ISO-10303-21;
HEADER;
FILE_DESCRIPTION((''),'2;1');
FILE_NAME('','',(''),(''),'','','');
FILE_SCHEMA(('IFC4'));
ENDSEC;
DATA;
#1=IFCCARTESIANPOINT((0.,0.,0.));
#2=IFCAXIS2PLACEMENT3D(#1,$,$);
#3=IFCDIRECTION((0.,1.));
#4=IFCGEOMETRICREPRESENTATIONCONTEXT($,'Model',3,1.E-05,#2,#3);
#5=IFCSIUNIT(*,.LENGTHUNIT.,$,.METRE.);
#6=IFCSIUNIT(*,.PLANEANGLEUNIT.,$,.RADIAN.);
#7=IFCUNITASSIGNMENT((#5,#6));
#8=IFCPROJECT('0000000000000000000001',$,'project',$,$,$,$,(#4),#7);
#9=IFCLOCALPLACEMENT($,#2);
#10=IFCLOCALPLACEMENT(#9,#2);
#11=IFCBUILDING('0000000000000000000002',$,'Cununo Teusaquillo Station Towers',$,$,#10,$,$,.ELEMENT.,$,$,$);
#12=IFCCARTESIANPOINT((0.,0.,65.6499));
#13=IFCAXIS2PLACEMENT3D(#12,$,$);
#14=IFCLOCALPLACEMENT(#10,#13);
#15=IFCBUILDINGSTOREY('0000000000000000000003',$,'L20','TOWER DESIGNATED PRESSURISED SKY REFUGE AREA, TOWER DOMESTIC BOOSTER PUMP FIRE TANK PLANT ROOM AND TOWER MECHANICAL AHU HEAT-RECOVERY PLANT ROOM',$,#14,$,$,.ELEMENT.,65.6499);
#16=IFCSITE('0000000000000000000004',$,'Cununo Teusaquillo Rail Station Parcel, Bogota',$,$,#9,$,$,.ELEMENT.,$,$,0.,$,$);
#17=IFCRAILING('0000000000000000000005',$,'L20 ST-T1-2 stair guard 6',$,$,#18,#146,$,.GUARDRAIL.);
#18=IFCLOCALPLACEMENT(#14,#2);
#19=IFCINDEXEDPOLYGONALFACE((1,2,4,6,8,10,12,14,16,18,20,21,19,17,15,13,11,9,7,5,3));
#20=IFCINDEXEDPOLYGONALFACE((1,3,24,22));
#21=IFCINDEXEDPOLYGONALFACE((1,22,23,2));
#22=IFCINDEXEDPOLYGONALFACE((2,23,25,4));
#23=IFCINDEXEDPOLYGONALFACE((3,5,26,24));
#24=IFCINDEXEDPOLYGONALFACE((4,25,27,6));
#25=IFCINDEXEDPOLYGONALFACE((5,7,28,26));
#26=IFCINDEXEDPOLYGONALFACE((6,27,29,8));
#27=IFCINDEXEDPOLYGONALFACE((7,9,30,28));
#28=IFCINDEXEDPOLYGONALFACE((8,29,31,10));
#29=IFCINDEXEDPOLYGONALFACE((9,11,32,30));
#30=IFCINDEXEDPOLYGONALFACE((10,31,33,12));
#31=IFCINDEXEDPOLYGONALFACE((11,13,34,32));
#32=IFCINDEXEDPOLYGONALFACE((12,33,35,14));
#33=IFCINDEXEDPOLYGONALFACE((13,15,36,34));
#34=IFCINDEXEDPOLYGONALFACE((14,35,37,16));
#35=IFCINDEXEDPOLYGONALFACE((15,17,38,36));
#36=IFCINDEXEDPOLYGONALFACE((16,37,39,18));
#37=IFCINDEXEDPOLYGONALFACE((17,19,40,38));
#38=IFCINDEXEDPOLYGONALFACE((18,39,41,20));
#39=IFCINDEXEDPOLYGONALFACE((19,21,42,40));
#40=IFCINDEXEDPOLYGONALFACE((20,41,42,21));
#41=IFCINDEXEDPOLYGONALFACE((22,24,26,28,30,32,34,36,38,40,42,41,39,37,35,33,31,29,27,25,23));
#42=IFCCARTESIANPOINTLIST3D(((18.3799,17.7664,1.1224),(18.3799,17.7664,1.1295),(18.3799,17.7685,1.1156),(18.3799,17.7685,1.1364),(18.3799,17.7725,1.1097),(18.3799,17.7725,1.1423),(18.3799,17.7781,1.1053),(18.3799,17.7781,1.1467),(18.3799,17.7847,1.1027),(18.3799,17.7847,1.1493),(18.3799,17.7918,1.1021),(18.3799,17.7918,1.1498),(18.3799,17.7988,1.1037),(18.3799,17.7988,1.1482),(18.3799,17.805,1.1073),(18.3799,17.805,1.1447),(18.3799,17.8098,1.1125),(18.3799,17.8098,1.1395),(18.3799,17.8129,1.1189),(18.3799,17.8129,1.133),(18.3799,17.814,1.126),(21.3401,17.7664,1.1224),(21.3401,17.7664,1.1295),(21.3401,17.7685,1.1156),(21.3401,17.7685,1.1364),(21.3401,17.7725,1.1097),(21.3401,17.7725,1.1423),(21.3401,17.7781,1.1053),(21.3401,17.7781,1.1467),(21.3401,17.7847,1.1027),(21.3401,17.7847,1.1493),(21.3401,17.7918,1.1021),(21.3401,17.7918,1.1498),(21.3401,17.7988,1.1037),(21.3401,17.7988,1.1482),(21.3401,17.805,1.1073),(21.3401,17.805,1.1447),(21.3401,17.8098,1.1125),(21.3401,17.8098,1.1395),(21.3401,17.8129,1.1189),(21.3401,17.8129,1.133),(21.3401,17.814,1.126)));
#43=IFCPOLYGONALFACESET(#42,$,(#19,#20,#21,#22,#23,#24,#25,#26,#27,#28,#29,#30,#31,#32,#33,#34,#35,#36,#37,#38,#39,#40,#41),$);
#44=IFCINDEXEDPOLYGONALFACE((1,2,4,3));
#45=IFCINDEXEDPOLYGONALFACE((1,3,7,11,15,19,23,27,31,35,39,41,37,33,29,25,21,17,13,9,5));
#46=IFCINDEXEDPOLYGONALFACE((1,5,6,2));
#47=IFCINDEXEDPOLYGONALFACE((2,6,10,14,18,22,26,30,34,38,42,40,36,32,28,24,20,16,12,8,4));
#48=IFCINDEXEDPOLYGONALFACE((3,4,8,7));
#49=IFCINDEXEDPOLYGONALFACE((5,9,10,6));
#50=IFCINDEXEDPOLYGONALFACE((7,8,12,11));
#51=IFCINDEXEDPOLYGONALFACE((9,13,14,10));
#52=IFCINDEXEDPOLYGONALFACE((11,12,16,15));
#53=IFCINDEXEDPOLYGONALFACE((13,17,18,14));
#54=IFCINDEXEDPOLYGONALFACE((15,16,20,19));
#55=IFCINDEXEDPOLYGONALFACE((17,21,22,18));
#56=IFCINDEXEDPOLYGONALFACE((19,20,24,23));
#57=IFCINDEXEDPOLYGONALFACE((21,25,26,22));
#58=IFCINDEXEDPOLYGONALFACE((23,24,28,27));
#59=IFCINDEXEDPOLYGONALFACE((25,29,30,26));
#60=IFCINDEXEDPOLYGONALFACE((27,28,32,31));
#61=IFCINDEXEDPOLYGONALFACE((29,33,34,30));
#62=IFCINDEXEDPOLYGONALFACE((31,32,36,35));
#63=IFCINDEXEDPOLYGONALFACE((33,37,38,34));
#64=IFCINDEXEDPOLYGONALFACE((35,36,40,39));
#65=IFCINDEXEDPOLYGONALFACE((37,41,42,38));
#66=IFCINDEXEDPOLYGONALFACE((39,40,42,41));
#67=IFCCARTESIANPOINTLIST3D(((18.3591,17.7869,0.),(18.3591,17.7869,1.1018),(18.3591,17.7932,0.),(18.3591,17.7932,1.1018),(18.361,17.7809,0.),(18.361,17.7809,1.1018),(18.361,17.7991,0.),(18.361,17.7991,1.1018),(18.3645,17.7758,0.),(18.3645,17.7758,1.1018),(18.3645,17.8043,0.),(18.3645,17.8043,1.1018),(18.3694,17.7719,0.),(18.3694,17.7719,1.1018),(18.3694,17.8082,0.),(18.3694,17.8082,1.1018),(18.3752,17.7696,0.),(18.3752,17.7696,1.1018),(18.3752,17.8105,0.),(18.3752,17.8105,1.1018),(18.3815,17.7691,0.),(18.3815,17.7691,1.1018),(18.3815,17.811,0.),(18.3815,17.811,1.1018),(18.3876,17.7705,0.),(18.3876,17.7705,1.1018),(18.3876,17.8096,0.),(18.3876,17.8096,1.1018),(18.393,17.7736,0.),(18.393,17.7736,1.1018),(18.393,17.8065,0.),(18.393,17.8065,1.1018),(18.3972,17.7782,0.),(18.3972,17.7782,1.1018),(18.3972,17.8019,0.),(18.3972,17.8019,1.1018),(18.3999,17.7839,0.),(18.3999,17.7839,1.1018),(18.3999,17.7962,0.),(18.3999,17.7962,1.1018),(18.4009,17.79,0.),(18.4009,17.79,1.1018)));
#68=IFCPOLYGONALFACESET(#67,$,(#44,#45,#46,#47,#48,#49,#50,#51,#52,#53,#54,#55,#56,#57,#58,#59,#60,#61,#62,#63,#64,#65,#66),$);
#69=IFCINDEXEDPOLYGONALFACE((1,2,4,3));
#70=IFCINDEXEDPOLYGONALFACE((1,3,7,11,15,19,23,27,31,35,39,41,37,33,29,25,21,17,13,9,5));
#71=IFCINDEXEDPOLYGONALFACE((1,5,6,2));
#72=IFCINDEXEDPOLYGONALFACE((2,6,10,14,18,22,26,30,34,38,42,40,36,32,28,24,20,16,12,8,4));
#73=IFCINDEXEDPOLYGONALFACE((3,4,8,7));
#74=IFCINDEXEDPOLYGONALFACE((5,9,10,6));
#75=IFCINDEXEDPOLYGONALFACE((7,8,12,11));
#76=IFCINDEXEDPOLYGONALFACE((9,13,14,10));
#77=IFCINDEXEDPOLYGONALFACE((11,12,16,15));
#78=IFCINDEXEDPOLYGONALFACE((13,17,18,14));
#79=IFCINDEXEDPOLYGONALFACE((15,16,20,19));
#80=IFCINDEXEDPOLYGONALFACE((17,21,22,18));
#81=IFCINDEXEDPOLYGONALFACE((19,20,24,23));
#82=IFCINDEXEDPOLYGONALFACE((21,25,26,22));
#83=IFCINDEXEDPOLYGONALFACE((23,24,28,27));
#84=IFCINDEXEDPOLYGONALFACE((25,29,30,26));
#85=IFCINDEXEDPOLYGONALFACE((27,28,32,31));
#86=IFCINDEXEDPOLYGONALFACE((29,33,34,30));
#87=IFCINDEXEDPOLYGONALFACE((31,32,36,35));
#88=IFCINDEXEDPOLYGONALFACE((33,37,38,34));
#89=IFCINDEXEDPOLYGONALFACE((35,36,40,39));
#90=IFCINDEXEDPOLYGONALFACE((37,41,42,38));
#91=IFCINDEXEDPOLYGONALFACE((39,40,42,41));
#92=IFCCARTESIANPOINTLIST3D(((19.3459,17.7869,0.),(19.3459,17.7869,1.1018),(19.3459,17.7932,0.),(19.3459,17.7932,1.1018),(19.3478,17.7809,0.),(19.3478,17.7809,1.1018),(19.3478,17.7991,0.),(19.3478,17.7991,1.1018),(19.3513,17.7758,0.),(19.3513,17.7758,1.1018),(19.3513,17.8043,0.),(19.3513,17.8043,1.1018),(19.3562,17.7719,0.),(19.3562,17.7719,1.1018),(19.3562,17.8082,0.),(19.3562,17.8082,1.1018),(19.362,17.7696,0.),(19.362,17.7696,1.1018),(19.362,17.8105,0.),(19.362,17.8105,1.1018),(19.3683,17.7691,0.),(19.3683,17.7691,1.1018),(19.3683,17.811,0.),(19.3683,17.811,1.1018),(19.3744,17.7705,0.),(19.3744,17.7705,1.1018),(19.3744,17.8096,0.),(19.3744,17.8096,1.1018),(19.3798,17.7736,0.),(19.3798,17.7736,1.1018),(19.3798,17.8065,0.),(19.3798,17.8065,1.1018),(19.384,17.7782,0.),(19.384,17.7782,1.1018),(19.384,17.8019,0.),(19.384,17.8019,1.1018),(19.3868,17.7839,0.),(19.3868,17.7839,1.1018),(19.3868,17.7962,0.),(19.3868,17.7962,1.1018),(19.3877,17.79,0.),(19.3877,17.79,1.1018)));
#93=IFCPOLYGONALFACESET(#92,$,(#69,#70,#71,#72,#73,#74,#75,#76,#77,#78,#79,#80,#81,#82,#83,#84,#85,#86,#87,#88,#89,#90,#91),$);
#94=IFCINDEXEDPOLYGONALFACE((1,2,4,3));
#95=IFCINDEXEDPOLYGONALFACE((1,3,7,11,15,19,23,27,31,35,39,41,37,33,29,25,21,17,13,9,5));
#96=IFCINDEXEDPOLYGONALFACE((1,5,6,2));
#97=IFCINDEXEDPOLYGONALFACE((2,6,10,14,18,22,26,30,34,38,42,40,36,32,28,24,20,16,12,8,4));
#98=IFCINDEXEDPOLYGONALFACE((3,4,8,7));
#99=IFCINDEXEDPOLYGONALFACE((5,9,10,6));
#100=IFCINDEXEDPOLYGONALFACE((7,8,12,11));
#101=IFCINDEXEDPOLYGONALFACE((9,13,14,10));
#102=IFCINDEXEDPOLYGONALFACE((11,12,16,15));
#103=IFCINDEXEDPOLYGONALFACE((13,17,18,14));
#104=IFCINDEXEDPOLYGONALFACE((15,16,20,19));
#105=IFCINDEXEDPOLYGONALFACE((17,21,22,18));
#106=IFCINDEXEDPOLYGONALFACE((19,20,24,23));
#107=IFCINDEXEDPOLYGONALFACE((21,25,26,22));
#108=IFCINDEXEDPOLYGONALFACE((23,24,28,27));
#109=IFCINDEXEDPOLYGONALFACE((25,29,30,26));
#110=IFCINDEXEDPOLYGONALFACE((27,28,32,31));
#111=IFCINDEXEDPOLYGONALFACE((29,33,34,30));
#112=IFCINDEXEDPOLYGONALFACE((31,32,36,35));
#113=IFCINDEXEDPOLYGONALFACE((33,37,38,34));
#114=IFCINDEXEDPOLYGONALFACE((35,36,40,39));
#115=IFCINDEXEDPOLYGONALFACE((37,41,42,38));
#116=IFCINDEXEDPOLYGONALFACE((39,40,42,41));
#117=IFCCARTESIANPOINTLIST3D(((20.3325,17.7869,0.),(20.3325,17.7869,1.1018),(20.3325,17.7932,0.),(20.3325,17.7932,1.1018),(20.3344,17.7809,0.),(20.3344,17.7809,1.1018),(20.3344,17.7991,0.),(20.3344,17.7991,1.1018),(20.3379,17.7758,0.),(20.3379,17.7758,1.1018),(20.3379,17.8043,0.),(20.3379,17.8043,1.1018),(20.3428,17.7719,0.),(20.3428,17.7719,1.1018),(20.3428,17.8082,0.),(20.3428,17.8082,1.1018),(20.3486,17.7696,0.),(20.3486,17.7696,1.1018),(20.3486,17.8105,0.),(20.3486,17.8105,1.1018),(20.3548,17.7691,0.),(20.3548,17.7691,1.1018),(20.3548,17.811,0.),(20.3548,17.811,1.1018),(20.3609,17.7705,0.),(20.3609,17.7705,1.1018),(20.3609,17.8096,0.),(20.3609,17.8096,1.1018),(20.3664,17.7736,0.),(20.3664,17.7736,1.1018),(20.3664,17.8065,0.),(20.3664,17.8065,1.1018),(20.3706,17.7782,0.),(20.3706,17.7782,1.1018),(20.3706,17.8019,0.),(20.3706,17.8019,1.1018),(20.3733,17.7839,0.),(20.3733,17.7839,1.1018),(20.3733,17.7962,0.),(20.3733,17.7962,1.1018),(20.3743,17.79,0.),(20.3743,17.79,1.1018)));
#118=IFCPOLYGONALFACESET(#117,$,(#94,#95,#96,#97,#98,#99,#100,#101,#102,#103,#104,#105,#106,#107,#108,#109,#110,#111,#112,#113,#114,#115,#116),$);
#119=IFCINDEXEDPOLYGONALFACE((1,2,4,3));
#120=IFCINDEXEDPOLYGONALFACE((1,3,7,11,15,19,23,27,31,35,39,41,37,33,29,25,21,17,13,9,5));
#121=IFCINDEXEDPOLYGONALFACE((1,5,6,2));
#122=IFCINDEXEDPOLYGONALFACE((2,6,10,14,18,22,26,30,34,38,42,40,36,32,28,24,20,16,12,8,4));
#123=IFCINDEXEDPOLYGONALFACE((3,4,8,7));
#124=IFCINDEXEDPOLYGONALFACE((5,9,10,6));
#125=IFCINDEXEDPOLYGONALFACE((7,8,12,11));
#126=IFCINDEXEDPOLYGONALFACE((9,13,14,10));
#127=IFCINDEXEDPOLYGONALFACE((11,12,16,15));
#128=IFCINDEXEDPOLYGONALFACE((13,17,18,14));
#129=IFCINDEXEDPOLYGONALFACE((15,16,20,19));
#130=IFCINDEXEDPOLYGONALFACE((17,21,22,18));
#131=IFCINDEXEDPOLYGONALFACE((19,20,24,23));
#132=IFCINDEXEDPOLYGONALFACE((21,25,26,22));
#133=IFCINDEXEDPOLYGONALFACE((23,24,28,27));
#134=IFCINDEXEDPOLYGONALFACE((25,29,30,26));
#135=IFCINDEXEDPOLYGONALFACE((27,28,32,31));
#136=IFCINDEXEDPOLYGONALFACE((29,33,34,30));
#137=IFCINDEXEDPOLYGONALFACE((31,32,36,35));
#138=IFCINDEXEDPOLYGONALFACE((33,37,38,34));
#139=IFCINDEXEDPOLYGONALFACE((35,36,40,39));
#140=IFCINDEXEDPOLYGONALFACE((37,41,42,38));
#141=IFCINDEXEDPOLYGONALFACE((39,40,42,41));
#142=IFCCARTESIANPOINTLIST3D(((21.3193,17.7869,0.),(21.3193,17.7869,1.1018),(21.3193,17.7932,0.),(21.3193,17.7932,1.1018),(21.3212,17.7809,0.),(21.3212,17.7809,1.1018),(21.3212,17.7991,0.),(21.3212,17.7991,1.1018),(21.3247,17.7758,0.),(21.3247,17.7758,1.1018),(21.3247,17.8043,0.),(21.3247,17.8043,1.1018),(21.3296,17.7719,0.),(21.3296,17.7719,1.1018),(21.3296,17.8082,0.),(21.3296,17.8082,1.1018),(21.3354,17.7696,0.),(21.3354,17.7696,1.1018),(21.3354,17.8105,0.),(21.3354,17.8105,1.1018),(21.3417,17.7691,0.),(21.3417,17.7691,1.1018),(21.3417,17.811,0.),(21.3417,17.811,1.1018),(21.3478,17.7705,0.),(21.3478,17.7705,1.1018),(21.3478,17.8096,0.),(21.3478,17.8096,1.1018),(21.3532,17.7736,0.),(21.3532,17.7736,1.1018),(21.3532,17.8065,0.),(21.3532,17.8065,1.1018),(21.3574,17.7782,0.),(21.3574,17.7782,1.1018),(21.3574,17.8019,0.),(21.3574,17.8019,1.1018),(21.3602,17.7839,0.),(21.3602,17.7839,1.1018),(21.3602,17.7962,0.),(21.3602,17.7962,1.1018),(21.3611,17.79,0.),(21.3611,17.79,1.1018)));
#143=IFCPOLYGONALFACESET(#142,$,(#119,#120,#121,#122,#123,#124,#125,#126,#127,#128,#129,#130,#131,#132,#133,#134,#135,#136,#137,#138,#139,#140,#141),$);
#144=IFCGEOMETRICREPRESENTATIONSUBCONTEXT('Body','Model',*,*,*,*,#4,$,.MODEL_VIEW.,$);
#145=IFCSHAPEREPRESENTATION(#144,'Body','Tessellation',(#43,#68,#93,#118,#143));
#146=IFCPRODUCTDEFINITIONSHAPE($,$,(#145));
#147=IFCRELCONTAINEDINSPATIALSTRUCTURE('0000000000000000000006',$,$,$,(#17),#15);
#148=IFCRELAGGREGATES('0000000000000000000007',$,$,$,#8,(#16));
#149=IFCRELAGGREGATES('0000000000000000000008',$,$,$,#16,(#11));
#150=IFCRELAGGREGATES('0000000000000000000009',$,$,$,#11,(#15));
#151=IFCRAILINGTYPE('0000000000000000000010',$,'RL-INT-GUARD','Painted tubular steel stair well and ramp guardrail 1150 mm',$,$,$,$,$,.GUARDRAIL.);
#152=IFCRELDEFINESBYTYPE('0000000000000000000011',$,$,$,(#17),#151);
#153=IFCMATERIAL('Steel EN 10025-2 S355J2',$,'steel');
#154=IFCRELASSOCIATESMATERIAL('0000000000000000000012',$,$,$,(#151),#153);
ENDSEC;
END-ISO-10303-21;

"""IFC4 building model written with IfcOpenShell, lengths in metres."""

from ifc_helpers import new_model, si_unit, direction, frame, origin, origin_2d, place, context, subcontext, project, spatial, circle, extrude, material, type_object, element, save


model = new_model("IFC4")

# Units and contexts
model_context = context("Model", 3, precision=1e-05, world=origin(), true_north=direction((0.0, 1.0)))
body_context = subcontext(model_context, "Body", "Model", "MODEL_VIEW")
ifc_project = project(units=[si_unit("LENGTHUNIT", "METRE"), si_unit("PLANEANGLEUNIT", "RADIAN")], contexts=[model_context])

# Site, building, storey
site_placement = place(None, origin())
site = spatial("IfcSite", under=ifc_project, at=site_placement, Name="Cununo Teusaquillo Rail Station Parcel, Bogota", CompositionType="ELEMENT", RefElevation=0.0)
building_placement = place(site_placement, origin())
building = spatial("IfcBuilding", under=site, at=building_placement, Name="Cununo Teusaquillo Station Towers", CompositionType="ELEMENT")
storey_placement = place(building_placement, frame((0.0, 0.0, 65.6499)))
storey = spatial("IfcBuildingStorey", under=building, at=storey_placement, Name="L20", Description="TOWER DESIGNATED PRESSURISED SKY REFUGE AREA, TOWER DOMESTIC BOOSTER PUMP FIRE TANK PLANT ROOM AND TOWER MECHANICAL AHU HEAT-RECOVERY PLANT ROOM", CompositionType="ELEMENT", Elevation=65.6499)

# Railing
ifc_material_1 = material(Name="Steel EN 10025-2 S355J2", Category="steel")
railing_type_1 = type_object("IfcRailingType", Name="RL-INT-GUARD", Description="Painted tubular steel stair well and ramp guardrail 1150 mm", PredefinedType="GUARDRAIL", material=ifc_material_1)
railing_1_placement = place(storey_placement, frame((18.3799, 17.79, 0.0)))
element("IfcRailing", 1, at=railing_1_placement, inside=storey, type_object=railing_type_1, Name="L20 ST-T1-2 stair guard 6", PredefinedType="GUARDRAIL", context=body_context, shape_type="SweptSolid", body=[
    extrude(circle(Radius=0.0239, at=origin_2d()), frame((0.0, 0.0, 1.126), z_axis=(1.0, 0.0, 0.0), x_axis=(0.0, 1.0, 0.0)), (0.0, 0.0, 1.0), 2.9602),
    extrude(circle(Radius=0.021, at=origin_2d()), origin(), (0.0, 0.0, 1.0), 1.1018),
    extrude(circle(Radius=0.021, at=origin_2d()), frame((0.9868, 0.0, 0.0)), (0.0, 0.0, 1.0), 1.1018),
    extrude(circle(Radius=0.021, at=origin_2d()), frame((1.9734, 0.0, 0.0)), (0.0, 0.0, 1.0), 1.1018),
    extrude(circle(Radius=0.021, at=origin_2d()), frame((2.9602, 0.0, 0.0)), (0.0, 0.0, 1.0), 1.1018),
])

save(model, "model.ifc")
